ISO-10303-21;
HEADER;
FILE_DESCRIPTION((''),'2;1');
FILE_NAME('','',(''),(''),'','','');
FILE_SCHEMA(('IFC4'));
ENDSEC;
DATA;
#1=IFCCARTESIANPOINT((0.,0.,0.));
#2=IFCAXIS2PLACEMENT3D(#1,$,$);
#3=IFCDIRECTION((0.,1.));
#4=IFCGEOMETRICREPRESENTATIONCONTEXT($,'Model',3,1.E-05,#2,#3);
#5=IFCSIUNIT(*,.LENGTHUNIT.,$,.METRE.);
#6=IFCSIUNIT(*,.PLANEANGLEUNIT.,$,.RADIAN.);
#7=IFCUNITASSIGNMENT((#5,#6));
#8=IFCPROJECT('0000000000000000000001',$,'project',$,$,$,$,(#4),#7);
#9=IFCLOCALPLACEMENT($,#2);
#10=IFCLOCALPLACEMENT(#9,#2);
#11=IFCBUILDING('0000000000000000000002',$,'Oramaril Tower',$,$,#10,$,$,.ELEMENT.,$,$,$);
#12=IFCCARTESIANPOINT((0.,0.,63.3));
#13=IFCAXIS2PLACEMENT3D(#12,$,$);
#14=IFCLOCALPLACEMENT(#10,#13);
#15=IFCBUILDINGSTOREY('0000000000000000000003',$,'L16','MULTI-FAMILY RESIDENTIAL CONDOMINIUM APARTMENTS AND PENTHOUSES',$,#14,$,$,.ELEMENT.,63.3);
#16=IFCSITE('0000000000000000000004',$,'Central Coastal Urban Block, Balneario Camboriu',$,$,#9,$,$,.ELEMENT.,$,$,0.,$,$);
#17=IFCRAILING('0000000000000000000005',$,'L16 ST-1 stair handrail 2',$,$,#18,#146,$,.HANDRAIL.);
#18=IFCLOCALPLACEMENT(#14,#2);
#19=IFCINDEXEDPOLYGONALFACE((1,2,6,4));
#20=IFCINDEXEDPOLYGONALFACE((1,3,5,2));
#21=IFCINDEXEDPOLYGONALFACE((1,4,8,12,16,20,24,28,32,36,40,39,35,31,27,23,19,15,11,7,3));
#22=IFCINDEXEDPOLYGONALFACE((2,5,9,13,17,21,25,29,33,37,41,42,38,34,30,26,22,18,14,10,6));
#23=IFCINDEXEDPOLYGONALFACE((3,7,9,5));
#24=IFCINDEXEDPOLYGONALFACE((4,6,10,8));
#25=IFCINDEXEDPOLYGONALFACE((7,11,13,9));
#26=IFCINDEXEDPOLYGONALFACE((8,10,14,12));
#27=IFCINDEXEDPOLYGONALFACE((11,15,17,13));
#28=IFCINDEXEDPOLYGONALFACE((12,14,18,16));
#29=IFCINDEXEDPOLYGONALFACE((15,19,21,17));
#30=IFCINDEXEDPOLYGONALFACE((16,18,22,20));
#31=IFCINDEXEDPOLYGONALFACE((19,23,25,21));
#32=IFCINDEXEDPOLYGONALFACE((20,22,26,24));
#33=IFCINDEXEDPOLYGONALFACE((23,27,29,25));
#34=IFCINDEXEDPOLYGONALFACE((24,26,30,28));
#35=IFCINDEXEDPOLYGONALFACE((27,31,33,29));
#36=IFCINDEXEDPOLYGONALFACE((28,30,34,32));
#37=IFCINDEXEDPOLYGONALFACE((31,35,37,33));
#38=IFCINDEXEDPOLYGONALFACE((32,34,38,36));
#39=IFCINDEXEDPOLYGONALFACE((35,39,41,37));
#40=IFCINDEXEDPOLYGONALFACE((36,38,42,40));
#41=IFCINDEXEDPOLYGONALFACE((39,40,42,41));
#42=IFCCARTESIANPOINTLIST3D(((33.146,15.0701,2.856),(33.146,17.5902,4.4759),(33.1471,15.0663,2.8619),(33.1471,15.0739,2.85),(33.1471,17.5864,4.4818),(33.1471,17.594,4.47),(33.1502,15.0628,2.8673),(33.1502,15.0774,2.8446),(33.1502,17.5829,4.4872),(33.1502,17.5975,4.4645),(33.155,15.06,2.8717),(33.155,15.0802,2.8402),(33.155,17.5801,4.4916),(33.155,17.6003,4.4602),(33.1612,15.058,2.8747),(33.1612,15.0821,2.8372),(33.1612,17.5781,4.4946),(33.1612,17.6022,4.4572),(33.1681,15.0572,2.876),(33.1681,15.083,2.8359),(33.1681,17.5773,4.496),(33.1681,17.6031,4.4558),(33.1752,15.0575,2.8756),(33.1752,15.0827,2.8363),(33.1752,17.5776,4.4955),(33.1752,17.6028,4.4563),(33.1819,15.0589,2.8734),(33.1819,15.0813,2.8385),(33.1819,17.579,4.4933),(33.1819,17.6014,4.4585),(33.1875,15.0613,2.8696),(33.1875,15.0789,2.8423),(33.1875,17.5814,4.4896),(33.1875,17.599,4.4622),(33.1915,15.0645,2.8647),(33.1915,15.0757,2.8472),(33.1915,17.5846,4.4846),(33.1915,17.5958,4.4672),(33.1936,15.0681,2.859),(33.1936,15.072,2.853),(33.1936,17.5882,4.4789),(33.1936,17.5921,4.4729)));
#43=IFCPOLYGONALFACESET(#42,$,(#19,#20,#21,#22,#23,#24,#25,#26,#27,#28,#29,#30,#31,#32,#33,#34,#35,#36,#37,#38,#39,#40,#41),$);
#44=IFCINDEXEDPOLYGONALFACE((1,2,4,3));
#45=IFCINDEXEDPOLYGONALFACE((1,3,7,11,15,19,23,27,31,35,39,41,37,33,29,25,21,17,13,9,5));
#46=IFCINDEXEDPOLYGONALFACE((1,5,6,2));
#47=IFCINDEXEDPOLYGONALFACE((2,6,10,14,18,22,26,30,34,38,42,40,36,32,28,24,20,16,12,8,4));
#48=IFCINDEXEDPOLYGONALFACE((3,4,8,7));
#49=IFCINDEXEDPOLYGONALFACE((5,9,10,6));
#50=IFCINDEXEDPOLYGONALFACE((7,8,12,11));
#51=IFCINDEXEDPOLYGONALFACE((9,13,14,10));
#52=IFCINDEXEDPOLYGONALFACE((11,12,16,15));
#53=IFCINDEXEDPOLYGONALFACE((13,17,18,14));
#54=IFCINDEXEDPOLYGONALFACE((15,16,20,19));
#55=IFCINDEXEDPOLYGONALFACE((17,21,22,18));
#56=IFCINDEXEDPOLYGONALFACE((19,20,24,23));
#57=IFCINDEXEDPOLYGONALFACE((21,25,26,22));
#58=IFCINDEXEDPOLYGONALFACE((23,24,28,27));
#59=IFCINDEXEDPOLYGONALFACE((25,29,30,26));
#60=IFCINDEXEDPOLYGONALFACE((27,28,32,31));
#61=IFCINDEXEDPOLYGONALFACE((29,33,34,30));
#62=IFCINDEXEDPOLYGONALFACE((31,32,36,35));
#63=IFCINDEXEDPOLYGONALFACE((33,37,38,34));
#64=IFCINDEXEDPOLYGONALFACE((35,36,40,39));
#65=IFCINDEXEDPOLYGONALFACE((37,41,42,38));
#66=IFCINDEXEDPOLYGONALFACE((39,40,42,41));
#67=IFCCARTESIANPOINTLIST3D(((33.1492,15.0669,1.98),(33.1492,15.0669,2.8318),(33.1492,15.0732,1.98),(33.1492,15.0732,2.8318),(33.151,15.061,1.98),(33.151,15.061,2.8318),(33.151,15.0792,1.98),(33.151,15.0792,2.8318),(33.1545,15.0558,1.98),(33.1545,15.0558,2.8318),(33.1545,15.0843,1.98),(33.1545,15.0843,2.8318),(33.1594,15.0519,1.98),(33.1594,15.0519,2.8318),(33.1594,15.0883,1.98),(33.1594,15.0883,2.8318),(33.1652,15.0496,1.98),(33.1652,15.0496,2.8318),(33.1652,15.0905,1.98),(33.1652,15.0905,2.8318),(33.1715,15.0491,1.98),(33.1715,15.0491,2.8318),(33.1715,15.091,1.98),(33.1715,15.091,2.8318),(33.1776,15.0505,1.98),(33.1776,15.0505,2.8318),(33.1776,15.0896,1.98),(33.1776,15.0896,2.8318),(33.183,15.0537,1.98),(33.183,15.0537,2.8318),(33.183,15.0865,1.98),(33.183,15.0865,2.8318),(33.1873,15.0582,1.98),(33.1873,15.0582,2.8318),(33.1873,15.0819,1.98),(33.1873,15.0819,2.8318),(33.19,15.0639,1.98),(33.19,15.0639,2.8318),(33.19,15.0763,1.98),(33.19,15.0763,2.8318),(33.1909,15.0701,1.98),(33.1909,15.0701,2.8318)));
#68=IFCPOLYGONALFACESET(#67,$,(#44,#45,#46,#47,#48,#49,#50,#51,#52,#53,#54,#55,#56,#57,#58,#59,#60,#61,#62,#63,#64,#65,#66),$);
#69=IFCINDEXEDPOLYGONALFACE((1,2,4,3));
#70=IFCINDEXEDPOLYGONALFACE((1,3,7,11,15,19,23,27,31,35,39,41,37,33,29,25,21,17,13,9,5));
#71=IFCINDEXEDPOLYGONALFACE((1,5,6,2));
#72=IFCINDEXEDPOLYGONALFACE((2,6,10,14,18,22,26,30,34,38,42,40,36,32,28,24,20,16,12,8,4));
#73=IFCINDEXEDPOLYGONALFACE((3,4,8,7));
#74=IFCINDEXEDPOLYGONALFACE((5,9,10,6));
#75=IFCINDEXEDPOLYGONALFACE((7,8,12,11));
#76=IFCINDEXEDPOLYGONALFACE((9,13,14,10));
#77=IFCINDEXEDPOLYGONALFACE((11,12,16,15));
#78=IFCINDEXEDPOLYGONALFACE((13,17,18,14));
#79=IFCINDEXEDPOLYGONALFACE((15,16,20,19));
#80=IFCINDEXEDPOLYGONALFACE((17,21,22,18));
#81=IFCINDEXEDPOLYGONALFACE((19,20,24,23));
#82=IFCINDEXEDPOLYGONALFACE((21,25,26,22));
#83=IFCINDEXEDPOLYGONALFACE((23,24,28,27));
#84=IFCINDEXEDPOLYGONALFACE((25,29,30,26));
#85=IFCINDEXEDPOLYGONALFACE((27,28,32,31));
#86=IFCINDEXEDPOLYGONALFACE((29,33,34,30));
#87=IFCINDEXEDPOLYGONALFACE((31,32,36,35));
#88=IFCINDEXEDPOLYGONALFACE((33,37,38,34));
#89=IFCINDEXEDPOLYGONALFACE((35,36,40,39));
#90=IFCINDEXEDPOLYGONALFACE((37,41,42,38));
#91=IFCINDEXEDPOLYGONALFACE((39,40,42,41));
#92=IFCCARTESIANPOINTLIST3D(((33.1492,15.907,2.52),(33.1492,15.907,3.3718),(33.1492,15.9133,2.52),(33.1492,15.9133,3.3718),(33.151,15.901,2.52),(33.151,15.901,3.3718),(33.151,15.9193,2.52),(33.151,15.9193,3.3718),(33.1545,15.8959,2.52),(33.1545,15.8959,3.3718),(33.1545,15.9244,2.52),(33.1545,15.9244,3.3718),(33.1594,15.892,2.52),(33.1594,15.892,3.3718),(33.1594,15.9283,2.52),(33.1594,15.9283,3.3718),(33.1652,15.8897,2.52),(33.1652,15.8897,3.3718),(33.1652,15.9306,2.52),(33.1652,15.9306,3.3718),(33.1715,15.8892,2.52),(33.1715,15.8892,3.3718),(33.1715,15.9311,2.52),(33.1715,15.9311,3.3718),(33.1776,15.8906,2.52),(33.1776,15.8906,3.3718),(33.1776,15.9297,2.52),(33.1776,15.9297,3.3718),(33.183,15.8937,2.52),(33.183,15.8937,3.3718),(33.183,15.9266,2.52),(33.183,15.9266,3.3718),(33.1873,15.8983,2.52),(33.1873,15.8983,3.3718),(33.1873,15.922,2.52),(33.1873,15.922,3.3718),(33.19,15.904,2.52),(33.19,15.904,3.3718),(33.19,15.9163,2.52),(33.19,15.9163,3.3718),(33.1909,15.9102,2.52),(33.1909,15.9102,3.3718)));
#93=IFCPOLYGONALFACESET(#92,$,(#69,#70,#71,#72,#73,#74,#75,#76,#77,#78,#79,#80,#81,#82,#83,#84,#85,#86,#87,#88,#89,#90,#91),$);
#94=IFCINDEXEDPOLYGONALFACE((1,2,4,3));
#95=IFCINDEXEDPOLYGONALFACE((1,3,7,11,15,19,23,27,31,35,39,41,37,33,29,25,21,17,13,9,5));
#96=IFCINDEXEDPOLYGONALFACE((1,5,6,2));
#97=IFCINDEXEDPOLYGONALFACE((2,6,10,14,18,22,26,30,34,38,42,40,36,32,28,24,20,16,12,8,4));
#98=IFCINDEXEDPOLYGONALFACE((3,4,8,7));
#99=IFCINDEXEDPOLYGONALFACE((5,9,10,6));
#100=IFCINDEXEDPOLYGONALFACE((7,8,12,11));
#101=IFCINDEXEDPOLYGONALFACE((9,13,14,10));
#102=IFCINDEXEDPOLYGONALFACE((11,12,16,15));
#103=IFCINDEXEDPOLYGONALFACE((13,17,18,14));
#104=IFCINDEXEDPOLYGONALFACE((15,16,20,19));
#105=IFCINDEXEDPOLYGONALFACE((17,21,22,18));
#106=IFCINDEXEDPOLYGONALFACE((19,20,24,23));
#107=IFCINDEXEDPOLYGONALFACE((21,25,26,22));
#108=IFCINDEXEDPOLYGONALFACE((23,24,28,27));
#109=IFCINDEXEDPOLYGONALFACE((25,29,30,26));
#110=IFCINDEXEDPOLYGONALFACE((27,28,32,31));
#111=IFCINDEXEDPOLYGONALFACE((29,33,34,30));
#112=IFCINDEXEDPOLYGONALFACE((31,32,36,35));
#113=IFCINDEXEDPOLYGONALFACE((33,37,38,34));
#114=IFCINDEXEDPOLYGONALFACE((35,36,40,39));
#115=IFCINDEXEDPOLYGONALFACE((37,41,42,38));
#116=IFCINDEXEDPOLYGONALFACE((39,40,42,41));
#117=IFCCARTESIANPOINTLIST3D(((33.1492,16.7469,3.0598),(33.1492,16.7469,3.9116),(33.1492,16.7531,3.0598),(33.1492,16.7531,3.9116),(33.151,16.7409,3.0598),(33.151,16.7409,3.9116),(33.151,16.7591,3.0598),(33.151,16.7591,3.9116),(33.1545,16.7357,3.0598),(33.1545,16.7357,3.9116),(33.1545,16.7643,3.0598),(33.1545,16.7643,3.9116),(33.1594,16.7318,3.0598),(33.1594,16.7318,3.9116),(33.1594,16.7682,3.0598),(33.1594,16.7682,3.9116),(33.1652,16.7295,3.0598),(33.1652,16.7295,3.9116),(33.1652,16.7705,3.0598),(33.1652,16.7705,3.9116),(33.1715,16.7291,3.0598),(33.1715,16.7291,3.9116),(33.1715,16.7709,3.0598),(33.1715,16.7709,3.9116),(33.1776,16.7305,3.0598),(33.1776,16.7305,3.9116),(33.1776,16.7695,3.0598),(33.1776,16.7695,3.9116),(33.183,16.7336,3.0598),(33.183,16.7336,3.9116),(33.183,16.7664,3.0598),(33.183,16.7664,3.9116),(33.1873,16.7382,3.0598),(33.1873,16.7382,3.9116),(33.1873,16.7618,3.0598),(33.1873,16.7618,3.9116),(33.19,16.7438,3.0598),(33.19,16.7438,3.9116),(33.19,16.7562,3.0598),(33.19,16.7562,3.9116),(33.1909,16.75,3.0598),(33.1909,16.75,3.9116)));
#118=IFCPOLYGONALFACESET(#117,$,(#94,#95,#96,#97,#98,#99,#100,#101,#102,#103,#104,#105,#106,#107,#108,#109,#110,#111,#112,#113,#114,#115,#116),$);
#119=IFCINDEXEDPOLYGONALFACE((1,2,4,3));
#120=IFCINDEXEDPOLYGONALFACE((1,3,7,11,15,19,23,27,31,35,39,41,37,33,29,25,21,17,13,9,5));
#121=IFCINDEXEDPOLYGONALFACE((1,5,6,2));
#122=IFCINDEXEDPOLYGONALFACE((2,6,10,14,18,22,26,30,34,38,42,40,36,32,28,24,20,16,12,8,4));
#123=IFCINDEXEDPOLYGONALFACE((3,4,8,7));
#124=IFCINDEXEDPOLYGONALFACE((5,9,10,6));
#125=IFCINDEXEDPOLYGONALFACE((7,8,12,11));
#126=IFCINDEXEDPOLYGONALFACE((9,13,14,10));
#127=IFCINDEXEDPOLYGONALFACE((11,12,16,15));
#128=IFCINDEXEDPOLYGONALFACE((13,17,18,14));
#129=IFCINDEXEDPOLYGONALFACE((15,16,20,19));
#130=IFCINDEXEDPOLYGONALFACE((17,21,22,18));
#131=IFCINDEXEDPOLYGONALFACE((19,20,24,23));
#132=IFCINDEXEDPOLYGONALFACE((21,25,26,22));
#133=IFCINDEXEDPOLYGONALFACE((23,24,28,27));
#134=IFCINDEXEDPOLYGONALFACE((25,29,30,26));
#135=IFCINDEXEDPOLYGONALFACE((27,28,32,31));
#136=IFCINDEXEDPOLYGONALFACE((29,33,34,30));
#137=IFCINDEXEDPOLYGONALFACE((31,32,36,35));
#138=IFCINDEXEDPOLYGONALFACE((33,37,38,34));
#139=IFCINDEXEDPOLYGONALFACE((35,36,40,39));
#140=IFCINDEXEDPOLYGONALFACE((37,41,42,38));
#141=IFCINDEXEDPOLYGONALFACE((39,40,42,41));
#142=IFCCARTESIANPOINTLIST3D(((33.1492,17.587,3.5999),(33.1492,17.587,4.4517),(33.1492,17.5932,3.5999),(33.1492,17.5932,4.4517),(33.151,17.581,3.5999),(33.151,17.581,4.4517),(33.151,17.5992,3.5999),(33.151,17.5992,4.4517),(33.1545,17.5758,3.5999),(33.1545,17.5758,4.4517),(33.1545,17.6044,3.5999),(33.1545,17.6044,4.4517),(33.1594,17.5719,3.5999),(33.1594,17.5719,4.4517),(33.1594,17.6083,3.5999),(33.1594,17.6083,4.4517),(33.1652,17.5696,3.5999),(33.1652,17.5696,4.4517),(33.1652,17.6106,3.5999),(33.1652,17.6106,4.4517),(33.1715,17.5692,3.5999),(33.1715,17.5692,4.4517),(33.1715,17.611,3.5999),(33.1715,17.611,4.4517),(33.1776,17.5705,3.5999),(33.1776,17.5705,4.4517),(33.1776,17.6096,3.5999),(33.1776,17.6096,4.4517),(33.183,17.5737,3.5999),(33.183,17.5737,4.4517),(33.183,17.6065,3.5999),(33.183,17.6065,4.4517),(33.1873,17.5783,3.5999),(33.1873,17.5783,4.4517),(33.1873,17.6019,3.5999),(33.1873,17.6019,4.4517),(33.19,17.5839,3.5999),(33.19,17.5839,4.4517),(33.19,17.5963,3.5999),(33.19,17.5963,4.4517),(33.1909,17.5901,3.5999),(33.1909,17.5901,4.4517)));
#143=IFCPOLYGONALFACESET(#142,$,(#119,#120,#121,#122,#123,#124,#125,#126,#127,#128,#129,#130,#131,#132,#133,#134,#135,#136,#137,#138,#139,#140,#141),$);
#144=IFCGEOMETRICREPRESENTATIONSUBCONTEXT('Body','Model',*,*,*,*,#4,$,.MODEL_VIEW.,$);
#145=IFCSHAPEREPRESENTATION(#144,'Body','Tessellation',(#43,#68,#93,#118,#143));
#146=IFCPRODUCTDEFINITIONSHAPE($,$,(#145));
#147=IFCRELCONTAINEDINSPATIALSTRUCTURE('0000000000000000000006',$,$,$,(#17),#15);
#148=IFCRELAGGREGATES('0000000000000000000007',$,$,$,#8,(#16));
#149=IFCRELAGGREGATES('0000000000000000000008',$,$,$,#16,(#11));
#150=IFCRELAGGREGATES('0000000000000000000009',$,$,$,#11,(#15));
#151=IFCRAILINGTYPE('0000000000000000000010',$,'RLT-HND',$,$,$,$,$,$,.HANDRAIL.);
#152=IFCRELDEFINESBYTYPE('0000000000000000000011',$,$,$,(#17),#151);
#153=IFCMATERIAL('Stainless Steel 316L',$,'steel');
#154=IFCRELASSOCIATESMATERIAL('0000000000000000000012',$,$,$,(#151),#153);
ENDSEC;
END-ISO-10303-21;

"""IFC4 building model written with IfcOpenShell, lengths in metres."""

from ifc_helpers import new_model, si_unit, direction, frame, origin, origin_2d, place, context, subcontext, project, spatial, circle, extrude, material, type_object, element, save


model = new_model("IFC4")

# Units and contexts
model_context = context("Model", 3, precision=1e-05, world=origin(), true_north=direction((0.0, 1.0)))
body_context = subcontext(model_context, "Body", "Model", "MODEL_VIEW")
ifc_project = project(units=[si_unit("LENGTHUNIT", "METRE"), si_unit("PLANEANGLEUNIT", "RADIAN")], contexts=[model_context])

# Site, building, storey
site_placement = place(None, origin())
site = spatial("IfcSite", under=ifc_project, at=site_placement, Name="Central Coastal Urban Block, Balneario Camboriu", CompositionType="ELEMENT", RefElevation=0.0)
building_placement = place(site_placement, origin())
building = spatial("IfcBuilding", under=site, at=building_placement, Name="Oramaril Tower", CompositionType="ELEMENT")
storey_placement = place(building_placement, frame((0.0, 0.0, 63.3)))
storey = spatial("IfcBuildingStorey", under=building, at=storey_placement, Name="L16", Description="MULTI-FAMILY RESIDENTIAL CONDOMINIUM APARTMENTS AND PENTHOUSES", CompositionType="ELEMENT", Elevation=63.3)

# Railing
ifc_material_1 = material(Name="Stainless Steel 316L", Category="steel")
railing_type_1 = type_object("IfcRailingType", Name="RLT-HND", PredefinedType="HANDRAIL", material=ifc_material_1)
railing_1_placement = place(storey_placement, frame((33.1699, 15.0701, 1.98)))
element("IfcRailing", 1, at=railing_1_placement, inside=storey, type_object=railing_type_1, Name="L16 ST-1 stair handrail 2", PredefinedType="HANDRAIL", context=body_context, shape_type="SweptSolid", body=[
    extrude(circle(Radius=0.0239, at=origin_2d()), frame((0.0, 0.0, 0.876), z_axis=(0.0, 0.8412, 0.540725), x_axis=(-1.0, 0.0, 0.0)), (0.0, 0.0, 1.0), 2.9958),
    extrude(circle(Radius=0.021, at=origin_2d()), origin(), (0.0, 0.0, 1.0), 0.8518),
    extrude(circle(Radius=0.021, at=origin_2d()), frame((0.0, 0.8401, 0.54)), (0.0, 0.0, 1.0), 0.8518),
    extrude(circle(Radius=0.021, at=origin_2d()), frame((0.0, 1.6799, 1.0798)), (0.0, 0.0, 1.0), 0.8518),
    extrude(circle(Radius=0.021, at=origin_2d()), frame((0.0, 2.52, 1.6199)), (0.0, 0.0, 1.0), 0.8518),
])

save(model, "model.ifc")
